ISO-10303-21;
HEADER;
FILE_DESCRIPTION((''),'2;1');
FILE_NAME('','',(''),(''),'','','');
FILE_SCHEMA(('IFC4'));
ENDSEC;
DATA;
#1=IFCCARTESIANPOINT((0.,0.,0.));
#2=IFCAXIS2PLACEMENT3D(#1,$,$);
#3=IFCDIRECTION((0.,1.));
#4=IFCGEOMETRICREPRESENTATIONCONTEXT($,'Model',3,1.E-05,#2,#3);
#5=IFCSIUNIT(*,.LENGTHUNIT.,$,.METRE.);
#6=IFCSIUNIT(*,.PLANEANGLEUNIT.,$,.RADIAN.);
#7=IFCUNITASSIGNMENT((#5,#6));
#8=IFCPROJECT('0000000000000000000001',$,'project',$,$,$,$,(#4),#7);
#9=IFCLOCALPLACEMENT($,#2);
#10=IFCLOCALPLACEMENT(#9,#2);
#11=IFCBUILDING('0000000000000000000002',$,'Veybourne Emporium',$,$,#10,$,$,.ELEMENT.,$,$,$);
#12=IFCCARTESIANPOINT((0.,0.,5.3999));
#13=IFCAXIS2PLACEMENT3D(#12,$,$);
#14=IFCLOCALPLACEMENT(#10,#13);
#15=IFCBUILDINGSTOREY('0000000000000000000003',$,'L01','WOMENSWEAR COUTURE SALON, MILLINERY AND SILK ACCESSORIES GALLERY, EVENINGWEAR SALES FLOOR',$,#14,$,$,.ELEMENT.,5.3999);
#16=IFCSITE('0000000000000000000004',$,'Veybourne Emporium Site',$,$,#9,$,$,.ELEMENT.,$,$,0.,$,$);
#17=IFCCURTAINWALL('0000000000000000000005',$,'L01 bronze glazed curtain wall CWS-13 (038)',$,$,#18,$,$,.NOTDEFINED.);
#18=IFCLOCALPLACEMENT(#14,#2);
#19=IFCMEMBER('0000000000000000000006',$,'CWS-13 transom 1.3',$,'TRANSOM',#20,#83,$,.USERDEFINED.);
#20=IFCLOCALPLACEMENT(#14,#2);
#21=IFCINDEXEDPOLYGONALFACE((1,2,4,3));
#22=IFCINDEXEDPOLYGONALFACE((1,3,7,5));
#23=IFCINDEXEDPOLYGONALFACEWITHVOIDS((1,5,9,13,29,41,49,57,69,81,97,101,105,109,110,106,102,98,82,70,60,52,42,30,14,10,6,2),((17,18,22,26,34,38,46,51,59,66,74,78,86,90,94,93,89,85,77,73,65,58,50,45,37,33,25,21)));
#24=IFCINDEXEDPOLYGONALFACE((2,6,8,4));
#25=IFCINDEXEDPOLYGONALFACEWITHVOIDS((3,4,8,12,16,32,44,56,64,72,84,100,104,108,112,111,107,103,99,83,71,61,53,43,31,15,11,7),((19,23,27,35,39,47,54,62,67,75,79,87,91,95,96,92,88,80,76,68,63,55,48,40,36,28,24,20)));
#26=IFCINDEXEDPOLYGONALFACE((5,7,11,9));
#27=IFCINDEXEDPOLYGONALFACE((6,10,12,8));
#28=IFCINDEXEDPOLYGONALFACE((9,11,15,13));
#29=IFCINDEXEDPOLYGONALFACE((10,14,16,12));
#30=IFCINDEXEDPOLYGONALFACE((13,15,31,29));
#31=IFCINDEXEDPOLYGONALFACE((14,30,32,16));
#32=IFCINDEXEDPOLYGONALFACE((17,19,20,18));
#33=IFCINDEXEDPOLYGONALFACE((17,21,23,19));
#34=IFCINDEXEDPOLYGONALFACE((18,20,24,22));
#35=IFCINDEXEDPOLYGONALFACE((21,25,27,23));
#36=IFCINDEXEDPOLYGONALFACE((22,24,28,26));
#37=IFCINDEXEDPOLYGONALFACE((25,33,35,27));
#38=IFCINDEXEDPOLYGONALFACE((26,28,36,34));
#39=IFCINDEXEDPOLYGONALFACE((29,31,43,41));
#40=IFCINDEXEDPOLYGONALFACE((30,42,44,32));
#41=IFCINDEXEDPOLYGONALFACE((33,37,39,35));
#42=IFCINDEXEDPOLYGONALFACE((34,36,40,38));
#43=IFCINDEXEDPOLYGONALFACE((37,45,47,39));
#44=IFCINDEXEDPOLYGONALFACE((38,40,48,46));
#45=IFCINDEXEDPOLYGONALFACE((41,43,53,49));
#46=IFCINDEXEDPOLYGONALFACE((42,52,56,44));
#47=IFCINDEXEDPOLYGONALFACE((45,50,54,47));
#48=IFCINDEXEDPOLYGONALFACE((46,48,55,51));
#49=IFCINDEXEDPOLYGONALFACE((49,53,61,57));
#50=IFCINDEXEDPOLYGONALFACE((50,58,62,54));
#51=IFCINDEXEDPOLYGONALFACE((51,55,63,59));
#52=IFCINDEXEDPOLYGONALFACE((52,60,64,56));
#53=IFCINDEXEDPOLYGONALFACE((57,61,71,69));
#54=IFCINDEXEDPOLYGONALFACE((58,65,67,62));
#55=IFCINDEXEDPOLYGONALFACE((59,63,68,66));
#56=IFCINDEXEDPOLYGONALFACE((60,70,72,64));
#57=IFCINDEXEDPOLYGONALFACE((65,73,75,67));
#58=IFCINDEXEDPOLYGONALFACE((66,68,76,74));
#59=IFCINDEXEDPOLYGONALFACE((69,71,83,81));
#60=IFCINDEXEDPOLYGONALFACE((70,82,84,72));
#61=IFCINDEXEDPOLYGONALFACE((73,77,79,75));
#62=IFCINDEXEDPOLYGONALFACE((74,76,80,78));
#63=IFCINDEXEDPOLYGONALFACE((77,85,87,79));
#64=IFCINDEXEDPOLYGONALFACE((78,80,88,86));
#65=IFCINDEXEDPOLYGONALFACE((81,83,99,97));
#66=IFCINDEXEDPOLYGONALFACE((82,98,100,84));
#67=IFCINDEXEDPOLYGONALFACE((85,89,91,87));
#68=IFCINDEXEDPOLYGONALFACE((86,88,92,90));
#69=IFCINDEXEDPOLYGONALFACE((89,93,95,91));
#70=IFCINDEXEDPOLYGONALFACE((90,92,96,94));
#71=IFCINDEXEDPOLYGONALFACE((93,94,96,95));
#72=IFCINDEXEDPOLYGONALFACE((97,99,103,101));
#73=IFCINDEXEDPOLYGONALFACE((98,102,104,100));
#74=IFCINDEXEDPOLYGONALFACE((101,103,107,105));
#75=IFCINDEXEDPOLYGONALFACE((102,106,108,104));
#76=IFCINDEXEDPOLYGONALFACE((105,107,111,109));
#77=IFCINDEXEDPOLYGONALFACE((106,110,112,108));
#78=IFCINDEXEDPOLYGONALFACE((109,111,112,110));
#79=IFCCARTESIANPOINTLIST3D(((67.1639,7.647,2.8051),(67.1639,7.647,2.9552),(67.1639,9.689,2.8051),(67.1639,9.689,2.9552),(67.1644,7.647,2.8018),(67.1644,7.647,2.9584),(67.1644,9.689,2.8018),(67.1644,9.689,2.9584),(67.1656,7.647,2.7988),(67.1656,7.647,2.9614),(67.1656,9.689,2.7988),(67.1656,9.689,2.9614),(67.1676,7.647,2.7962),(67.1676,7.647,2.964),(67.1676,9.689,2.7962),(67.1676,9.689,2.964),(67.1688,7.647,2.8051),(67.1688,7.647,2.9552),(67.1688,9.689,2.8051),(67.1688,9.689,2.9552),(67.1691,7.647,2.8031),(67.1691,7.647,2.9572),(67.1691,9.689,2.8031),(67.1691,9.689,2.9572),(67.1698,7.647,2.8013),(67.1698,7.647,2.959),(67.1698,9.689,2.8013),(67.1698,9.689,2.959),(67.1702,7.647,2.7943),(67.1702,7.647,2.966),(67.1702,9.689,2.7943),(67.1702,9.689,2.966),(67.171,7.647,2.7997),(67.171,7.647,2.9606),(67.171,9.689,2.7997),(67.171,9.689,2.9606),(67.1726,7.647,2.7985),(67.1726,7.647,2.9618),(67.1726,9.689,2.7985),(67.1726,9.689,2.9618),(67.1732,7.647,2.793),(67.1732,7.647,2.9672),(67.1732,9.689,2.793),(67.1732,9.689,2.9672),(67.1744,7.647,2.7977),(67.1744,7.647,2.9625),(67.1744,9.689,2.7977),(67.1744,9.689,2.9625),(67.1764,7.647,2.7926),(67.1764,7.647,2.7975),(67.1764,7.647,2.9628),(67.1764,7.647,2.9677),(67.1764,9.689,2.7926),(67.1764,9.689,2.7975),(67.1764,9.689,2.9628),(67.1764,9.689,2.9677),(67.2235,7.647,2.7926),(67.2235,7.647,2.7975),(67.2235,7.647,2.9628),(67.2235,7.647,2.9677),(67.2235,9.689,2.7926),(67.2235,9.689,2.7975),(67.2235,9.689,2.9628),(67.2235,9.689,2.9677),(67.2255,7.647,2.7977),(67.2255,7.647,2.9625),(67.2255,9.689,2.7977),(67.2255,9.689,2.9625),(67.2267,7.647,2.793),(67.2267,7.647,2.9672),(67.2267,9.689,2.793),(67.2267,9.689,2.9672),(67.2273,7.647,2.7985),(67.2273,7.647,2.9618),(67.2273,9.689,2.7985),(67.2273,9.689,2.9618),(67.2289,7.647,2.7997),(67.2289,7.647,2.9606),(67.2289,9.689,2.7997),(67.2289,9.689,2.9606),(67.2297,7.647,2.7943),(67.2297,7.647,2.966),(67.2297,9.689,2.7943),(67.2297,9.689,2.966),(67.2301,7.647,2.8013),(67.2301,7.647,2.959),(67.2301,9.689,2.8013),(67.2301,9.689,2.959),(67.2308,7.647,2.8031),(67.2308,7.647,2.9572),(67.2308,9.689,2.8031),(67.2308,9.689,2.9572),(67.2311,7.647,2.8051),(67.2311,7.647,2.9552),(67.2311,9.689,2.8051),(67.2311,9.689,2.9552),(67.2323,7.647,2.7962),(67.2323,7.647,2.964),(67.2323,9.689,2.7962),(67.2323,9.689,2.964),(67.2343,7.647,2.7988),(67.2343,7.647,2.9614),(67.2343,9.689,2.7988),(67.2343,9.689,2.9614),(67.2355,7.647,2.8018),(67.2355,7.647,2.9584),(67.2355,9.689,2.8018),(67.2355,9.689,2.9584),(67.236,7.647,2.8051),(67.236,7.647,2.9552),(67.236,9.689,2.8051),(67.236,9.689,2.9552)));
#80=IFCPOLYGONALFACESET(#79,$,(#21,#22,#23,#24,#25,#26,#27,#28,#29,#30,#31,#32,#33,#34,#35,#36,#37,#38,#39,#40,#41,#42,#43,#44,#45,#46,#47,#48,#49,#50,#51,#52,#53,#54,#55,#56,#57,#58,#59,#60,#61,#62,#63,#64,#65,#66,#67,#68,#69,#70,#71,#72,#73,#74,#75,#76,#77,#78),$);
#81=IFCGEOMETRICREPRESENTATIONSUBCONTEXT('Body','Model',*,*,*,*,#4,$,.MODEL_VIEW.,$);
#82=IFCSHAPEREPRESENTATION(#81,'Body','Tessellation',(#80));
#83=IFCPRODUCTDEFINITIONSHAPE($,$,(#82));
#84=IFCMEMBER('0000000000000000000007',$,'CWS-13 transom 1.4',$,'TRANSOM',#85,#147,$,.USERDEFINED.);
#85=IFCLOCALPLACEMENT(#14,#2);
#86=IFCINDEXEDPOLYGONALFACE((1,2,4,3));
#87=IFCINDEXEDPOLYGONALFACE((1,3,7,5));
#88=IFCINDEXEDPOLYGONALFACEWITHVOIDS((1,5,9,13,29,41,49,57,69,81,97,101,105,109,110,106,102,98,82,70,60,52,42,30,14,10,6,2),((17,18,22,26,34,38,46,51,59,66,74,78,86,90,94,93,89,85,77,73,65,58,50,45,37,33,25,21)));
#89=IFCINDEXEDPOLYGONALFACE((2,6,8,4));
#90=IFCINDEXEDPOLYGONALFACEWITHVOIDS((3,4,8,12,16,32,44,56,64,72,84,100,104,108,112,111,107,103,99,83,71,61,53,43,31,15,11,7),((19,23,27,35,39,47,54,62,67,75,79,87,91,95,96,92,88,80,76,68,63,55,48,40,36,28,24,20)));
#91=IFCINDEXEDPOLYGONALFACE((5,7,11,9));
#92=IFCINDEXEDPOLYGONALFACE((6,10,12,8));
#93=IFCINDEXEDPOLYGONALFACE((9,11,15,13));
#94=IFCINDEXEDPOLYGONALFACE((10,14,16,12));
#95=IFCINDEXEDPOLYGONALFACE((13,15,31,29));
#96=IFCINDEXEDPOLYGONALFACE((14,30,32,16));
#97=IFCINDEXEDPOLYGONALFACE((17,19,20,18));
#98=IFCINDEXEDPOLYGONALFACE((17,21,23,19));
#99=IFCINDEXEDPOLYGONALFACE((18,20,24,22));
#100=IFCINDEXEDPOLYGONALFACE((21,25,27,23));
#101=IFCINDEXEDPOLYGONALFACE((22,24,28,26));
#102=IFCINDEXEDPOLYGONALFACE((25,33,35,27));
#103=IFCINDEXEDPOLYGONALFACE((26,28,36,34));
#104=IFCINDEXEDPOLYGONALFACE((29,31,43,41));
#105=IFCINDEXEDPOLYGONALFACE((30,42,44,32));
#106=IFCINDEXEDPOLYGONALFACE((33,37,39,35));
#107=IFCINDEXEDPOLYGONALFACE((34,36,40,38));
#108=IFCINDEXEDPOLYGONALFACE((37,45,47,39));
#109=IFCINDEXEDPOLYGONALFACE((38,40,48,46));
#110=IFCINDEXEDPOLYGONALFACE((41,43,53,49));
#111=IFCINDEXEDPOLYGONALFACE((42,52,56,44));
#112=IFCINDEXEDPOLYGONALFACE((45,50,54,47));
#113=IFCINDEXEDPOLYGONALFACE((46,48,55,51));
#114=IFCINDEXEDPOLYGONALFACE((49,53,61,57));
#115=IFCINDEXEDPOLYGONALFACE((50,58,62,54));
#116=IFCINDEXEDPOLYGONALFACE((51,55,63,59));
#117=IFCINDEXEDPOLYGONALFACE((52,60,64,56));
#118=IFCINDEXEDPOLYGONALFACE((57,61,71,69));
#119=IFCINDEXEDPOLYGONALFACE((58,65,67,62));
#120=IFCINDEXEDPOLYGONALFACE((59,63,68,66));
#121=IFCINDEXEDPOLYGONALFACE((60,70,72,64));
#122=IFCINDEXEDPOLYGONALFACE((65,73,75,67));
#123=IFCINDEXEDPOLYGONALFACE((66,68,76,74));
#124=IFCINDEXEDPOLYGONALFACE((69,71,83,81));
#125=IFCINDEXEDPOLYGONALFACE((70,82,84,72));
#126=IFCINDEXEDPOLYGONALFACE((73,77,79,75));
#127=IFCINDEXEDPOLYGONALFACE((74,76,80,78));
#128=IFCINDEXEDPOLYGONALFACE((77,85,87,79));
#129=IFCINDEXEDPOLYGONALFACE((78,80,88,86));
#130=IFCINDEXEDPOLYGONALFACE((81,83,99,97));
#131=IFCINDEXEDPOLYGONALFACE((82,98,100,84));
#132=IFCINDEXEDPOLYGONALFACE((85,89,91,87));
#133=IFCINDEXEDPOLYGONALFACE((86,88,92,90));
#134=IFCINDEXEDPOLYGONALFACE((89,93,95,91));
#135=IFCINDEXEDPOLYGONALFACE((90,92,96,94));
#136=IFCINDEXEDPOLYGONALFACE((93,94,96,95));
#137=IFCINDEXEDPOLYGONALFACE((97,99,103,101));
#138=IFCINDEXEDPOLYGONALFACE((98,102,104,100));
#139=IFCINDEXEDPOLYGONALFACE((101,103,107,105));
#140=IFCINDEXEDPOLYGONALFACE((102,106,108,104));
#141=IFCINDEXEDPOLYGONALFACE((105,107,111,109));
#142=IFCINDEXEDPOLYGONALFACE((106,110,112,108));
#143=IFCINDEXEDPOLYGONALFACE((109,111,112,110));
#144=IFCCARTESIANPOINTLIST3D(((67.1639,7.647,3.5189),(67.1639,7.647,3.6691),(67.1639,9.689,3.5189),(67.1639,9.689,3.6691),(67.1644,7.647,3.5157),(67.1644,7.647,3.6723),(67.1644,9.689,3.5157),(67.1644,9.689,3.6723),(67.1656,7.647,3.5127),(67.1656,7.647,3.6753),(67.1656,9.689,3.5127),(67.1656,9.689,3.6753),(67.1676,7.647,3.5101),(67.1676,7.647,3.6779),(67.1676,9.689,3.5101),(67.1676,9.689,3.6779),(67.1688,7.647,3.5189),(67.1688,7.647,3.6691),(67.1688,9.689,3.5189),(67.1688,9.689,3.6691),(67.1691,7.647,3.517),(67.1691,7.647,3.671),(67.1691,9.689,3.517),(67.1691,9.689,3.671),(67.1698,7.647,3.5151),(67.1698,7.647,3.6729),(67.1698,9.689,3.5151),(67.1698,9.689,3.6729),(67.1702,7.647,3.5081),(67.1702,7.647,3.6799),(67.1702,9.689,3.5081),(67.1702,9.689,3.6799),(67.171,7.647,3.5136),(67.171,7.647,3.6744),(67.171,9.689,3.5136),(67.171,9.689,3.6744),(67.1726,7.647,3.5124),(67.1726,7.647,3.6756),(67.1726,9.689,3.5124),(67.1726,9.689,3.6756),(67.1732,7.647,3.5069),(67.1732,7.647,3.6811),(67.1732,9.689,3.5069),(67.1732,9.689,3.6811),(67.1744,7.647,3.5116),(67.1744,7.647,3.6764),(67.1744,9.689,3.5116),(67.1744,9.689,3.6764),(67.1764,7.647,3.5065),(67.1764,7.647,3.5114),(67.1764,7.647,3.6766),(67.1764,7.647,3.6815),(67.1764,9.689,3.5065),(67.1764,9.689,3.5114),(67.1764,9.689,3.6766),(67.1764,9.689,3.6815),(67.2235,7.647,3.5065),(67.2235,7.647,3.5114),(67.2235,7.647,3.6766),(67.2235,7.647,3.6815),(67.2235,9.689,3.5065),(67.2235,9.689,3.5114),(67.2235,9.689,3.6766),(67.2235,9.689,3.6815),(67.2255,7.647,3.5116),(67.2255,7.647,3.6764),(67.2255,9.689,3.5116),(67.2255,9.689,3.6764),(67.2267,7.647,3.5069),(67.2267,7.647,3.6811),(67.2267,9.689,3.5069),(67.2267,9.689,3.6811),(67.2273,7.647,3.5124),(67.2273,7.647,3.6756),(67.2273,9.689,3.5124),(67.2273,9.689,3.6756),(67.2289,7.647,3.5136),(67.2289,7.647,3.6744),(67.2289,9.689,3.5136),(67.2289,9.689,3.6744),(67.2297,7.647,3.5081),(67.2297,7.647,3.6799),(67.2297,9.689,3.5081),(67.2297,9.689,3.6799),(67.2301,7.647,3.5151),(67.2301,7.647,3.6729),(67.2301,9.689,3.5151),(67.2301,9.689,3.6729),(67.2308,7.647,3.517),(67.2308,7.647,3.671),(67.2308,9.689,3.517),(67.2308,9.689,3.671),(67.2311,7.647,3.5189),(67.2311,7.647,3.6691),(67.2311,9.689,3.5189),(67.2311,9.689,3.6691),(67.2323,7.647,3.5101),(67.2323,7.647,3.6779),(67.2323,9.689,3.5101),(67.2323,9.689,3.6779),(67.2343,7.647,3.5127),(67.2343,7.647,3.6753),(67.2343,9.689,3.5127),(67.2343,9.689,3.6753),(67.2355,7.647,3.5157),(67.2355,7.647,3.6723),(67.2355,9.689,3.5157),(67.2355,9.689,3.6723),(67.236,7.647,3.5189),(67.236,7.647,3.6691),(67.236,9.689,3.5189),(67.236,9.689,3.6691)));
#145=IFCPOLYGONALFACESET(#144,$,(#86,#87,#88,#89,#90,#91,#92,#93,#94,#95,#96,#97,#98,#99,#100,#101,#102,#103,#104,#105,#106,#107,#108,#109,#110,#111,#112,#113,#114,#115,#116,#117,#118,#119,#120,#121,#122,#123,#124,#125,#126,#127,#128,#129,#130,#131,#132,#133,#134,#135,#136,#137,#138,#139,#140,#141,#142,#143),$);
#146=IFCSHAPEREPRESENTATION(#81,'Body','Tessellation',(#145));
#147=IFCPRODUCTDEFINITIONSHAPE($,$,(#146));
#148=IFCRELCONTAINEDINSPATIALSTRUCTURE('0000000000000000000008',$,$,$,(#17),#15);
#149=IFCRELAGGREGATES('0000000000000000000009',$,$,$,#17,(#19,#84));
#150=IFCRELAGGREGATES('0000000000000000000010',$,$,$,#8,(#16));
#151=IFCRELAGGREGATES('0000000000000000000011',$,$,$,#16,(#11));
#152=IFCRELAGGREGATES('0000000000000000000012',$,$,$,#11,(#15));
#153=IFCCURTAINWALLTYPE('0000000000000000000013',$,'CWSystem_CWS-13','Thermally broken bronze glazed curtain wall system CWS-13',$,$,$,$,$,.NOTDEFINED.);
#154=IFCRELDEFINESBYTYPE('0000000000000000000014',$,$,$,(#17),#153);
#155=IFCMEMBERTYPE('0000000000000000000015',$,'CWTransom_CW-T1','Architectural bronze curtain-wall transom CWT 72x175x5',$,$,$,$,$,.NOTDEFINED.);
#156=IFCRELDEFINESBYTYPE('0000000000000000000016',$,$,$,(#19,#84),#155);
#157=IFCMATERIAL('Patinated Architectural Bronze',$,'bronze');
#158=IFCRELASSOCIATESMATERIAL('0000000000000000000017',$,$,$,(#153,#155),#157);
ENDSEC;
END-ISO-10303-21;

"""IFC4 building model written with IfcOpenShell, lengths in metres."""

from ifc_helpers import new_model, si_unit, direction, frame, origin, origin_2d, place, context, subcontext, project, spatial, hollow_rectangle, extrude, material, material_profile, profile_set, type_object, element, aggregate, save


model = new_model("IFC4")

# Units and contexts
model_context = context("Model", 3, precision=1e-05, world=origin(), true_north=direction((0.0, 1.0)))
body_context = subcontext(model_context, "Body", "Model", "MODEL_VIEW")
ifc_project = project(units=[si_unit("LENGTHUNIT", "METRE"), si_unit("PLANEANGLEUNIT", "RADIAN")], contexts=[model_context])

# Site, building, storey
site_placement = place(None, origin())
site = spatial("IfcSite", under=ifc_project, at=site_placement, Name="Veybourne Emporium Site", CompositionType="ELEMENT", RefElevation=0.0)
building_placement = place(site_placement, origin())
building = spatial("IfcBuilding", under=site, at=building_placement, Name="Veybourne Emporium", CompositionType="ELEMENT")
storey_placement = place(building_placement, frame((0.0, 0.0, 5.3999)))
storey = spatial("IfcBuildingStorey", under=building, at=storey_placement, Name="L01", Description="WOMENSWEAR COUTURE SALON, MILLINERY AND SILK ACCESSORIES GALLERY, EVENINGWEAR SALES FLOOR", CompositionType="ELEMENT", Elevation=5.3999)

# Curtain wall
ifc_material_1 = material(Name="Patinated Architectural Bronze", Category="bronze")
curtain_wall_type_1 = type_object("IfcCurtainWallType", Name="CWSystem_CWS-13", Description="Thermally broken bronze glazed curtain wall system CWS-13", PredefinedType="NOTDEFINED", material=ifc_material_1)
curtain_wall_1_placement = place(storey_placement, origin())
curtain_wall_1 = element("IfcCurtainWall", 1, at=curtain_wall_1_placement, inside=storey, type_object=curtain_wall_type_1, Name="L01 bronze glazed curtain wall CWS-13 (038)", PredefinedType="NOTDEFINED")

# Members
ifc_material_profile_1 = material_profile(ifc_material_1, hollow_rectangle(XDim=0.072, YDim=0.175, WallThickness=0.0049, InnerFilletRadius=0.0076, OuterFilletRadius=0.0125, at=origin_2d()), Name="CWT 72x175x5")
ifc_profile_set_1 = profile_set([ifc_material_profile_1], Name="Patinated Architectural Bronze")
member_type_1 = type_object("IfcMemberType", Name="CWTransom_CW-T1", Description="Architectural bronze curtain-wall transom CWT 72x175x5", PredefinedType="NOTDEFINED", material=ifc_profile_set_1)
member_1_placement = place(storey_placement, frame((67.2, 7.647, 2.8801), z_axis=(0.0, 1.0, 0.0), x_axis=(-1.0, 0.0, 0.0)))
member_1 = element("IfcMember", 2, at=member_1_placement, type_object=member_type_1, Name="CWS-13 transom 1.3", ObjectType="TRANSOM", PredefinedType="USERDEFINED", context=body_context, shape_type="SweptSolid", body=[
    extrude(hollow_rectangle(XDim=0.072, YDim=0.175, WallThickness=0.0049, InnerFilletRadius=0.0076, OuterFilletRadius=0.0125, at=origin_2d()), origin(), (0.0, 0.0, 1.0), 2.042),
])
member_2_placement = place(storey_placement, frame((67.2, 7.647, 3.594), z_axis=(0.0, 1.0, 0.0), x_axis=(-1.0, 0.0, 0.0)))
member_2 = element("IfcMember", 3, at=member_2_placement, type_object=member_type_1, Name="CWS-13 transom 1.4", ObjectType="TRANSOM", PredefinedType="USERDEFINED", context=body_context, shape_type="SweptSolid", body=[
    extrude(hollow_rectangle(XDim=0.072, YDim=0.175, WallThickness=0.0049, InnerFilletRadius=0.0076, OuterFilletRadius=0.0125, at=origin_2d()), origin(), (0.0, 0.0, 1.0), 2.042),
])

aggregate(curtain_wall_1, [member_1, member_2])

save(model, "model.ifc")
